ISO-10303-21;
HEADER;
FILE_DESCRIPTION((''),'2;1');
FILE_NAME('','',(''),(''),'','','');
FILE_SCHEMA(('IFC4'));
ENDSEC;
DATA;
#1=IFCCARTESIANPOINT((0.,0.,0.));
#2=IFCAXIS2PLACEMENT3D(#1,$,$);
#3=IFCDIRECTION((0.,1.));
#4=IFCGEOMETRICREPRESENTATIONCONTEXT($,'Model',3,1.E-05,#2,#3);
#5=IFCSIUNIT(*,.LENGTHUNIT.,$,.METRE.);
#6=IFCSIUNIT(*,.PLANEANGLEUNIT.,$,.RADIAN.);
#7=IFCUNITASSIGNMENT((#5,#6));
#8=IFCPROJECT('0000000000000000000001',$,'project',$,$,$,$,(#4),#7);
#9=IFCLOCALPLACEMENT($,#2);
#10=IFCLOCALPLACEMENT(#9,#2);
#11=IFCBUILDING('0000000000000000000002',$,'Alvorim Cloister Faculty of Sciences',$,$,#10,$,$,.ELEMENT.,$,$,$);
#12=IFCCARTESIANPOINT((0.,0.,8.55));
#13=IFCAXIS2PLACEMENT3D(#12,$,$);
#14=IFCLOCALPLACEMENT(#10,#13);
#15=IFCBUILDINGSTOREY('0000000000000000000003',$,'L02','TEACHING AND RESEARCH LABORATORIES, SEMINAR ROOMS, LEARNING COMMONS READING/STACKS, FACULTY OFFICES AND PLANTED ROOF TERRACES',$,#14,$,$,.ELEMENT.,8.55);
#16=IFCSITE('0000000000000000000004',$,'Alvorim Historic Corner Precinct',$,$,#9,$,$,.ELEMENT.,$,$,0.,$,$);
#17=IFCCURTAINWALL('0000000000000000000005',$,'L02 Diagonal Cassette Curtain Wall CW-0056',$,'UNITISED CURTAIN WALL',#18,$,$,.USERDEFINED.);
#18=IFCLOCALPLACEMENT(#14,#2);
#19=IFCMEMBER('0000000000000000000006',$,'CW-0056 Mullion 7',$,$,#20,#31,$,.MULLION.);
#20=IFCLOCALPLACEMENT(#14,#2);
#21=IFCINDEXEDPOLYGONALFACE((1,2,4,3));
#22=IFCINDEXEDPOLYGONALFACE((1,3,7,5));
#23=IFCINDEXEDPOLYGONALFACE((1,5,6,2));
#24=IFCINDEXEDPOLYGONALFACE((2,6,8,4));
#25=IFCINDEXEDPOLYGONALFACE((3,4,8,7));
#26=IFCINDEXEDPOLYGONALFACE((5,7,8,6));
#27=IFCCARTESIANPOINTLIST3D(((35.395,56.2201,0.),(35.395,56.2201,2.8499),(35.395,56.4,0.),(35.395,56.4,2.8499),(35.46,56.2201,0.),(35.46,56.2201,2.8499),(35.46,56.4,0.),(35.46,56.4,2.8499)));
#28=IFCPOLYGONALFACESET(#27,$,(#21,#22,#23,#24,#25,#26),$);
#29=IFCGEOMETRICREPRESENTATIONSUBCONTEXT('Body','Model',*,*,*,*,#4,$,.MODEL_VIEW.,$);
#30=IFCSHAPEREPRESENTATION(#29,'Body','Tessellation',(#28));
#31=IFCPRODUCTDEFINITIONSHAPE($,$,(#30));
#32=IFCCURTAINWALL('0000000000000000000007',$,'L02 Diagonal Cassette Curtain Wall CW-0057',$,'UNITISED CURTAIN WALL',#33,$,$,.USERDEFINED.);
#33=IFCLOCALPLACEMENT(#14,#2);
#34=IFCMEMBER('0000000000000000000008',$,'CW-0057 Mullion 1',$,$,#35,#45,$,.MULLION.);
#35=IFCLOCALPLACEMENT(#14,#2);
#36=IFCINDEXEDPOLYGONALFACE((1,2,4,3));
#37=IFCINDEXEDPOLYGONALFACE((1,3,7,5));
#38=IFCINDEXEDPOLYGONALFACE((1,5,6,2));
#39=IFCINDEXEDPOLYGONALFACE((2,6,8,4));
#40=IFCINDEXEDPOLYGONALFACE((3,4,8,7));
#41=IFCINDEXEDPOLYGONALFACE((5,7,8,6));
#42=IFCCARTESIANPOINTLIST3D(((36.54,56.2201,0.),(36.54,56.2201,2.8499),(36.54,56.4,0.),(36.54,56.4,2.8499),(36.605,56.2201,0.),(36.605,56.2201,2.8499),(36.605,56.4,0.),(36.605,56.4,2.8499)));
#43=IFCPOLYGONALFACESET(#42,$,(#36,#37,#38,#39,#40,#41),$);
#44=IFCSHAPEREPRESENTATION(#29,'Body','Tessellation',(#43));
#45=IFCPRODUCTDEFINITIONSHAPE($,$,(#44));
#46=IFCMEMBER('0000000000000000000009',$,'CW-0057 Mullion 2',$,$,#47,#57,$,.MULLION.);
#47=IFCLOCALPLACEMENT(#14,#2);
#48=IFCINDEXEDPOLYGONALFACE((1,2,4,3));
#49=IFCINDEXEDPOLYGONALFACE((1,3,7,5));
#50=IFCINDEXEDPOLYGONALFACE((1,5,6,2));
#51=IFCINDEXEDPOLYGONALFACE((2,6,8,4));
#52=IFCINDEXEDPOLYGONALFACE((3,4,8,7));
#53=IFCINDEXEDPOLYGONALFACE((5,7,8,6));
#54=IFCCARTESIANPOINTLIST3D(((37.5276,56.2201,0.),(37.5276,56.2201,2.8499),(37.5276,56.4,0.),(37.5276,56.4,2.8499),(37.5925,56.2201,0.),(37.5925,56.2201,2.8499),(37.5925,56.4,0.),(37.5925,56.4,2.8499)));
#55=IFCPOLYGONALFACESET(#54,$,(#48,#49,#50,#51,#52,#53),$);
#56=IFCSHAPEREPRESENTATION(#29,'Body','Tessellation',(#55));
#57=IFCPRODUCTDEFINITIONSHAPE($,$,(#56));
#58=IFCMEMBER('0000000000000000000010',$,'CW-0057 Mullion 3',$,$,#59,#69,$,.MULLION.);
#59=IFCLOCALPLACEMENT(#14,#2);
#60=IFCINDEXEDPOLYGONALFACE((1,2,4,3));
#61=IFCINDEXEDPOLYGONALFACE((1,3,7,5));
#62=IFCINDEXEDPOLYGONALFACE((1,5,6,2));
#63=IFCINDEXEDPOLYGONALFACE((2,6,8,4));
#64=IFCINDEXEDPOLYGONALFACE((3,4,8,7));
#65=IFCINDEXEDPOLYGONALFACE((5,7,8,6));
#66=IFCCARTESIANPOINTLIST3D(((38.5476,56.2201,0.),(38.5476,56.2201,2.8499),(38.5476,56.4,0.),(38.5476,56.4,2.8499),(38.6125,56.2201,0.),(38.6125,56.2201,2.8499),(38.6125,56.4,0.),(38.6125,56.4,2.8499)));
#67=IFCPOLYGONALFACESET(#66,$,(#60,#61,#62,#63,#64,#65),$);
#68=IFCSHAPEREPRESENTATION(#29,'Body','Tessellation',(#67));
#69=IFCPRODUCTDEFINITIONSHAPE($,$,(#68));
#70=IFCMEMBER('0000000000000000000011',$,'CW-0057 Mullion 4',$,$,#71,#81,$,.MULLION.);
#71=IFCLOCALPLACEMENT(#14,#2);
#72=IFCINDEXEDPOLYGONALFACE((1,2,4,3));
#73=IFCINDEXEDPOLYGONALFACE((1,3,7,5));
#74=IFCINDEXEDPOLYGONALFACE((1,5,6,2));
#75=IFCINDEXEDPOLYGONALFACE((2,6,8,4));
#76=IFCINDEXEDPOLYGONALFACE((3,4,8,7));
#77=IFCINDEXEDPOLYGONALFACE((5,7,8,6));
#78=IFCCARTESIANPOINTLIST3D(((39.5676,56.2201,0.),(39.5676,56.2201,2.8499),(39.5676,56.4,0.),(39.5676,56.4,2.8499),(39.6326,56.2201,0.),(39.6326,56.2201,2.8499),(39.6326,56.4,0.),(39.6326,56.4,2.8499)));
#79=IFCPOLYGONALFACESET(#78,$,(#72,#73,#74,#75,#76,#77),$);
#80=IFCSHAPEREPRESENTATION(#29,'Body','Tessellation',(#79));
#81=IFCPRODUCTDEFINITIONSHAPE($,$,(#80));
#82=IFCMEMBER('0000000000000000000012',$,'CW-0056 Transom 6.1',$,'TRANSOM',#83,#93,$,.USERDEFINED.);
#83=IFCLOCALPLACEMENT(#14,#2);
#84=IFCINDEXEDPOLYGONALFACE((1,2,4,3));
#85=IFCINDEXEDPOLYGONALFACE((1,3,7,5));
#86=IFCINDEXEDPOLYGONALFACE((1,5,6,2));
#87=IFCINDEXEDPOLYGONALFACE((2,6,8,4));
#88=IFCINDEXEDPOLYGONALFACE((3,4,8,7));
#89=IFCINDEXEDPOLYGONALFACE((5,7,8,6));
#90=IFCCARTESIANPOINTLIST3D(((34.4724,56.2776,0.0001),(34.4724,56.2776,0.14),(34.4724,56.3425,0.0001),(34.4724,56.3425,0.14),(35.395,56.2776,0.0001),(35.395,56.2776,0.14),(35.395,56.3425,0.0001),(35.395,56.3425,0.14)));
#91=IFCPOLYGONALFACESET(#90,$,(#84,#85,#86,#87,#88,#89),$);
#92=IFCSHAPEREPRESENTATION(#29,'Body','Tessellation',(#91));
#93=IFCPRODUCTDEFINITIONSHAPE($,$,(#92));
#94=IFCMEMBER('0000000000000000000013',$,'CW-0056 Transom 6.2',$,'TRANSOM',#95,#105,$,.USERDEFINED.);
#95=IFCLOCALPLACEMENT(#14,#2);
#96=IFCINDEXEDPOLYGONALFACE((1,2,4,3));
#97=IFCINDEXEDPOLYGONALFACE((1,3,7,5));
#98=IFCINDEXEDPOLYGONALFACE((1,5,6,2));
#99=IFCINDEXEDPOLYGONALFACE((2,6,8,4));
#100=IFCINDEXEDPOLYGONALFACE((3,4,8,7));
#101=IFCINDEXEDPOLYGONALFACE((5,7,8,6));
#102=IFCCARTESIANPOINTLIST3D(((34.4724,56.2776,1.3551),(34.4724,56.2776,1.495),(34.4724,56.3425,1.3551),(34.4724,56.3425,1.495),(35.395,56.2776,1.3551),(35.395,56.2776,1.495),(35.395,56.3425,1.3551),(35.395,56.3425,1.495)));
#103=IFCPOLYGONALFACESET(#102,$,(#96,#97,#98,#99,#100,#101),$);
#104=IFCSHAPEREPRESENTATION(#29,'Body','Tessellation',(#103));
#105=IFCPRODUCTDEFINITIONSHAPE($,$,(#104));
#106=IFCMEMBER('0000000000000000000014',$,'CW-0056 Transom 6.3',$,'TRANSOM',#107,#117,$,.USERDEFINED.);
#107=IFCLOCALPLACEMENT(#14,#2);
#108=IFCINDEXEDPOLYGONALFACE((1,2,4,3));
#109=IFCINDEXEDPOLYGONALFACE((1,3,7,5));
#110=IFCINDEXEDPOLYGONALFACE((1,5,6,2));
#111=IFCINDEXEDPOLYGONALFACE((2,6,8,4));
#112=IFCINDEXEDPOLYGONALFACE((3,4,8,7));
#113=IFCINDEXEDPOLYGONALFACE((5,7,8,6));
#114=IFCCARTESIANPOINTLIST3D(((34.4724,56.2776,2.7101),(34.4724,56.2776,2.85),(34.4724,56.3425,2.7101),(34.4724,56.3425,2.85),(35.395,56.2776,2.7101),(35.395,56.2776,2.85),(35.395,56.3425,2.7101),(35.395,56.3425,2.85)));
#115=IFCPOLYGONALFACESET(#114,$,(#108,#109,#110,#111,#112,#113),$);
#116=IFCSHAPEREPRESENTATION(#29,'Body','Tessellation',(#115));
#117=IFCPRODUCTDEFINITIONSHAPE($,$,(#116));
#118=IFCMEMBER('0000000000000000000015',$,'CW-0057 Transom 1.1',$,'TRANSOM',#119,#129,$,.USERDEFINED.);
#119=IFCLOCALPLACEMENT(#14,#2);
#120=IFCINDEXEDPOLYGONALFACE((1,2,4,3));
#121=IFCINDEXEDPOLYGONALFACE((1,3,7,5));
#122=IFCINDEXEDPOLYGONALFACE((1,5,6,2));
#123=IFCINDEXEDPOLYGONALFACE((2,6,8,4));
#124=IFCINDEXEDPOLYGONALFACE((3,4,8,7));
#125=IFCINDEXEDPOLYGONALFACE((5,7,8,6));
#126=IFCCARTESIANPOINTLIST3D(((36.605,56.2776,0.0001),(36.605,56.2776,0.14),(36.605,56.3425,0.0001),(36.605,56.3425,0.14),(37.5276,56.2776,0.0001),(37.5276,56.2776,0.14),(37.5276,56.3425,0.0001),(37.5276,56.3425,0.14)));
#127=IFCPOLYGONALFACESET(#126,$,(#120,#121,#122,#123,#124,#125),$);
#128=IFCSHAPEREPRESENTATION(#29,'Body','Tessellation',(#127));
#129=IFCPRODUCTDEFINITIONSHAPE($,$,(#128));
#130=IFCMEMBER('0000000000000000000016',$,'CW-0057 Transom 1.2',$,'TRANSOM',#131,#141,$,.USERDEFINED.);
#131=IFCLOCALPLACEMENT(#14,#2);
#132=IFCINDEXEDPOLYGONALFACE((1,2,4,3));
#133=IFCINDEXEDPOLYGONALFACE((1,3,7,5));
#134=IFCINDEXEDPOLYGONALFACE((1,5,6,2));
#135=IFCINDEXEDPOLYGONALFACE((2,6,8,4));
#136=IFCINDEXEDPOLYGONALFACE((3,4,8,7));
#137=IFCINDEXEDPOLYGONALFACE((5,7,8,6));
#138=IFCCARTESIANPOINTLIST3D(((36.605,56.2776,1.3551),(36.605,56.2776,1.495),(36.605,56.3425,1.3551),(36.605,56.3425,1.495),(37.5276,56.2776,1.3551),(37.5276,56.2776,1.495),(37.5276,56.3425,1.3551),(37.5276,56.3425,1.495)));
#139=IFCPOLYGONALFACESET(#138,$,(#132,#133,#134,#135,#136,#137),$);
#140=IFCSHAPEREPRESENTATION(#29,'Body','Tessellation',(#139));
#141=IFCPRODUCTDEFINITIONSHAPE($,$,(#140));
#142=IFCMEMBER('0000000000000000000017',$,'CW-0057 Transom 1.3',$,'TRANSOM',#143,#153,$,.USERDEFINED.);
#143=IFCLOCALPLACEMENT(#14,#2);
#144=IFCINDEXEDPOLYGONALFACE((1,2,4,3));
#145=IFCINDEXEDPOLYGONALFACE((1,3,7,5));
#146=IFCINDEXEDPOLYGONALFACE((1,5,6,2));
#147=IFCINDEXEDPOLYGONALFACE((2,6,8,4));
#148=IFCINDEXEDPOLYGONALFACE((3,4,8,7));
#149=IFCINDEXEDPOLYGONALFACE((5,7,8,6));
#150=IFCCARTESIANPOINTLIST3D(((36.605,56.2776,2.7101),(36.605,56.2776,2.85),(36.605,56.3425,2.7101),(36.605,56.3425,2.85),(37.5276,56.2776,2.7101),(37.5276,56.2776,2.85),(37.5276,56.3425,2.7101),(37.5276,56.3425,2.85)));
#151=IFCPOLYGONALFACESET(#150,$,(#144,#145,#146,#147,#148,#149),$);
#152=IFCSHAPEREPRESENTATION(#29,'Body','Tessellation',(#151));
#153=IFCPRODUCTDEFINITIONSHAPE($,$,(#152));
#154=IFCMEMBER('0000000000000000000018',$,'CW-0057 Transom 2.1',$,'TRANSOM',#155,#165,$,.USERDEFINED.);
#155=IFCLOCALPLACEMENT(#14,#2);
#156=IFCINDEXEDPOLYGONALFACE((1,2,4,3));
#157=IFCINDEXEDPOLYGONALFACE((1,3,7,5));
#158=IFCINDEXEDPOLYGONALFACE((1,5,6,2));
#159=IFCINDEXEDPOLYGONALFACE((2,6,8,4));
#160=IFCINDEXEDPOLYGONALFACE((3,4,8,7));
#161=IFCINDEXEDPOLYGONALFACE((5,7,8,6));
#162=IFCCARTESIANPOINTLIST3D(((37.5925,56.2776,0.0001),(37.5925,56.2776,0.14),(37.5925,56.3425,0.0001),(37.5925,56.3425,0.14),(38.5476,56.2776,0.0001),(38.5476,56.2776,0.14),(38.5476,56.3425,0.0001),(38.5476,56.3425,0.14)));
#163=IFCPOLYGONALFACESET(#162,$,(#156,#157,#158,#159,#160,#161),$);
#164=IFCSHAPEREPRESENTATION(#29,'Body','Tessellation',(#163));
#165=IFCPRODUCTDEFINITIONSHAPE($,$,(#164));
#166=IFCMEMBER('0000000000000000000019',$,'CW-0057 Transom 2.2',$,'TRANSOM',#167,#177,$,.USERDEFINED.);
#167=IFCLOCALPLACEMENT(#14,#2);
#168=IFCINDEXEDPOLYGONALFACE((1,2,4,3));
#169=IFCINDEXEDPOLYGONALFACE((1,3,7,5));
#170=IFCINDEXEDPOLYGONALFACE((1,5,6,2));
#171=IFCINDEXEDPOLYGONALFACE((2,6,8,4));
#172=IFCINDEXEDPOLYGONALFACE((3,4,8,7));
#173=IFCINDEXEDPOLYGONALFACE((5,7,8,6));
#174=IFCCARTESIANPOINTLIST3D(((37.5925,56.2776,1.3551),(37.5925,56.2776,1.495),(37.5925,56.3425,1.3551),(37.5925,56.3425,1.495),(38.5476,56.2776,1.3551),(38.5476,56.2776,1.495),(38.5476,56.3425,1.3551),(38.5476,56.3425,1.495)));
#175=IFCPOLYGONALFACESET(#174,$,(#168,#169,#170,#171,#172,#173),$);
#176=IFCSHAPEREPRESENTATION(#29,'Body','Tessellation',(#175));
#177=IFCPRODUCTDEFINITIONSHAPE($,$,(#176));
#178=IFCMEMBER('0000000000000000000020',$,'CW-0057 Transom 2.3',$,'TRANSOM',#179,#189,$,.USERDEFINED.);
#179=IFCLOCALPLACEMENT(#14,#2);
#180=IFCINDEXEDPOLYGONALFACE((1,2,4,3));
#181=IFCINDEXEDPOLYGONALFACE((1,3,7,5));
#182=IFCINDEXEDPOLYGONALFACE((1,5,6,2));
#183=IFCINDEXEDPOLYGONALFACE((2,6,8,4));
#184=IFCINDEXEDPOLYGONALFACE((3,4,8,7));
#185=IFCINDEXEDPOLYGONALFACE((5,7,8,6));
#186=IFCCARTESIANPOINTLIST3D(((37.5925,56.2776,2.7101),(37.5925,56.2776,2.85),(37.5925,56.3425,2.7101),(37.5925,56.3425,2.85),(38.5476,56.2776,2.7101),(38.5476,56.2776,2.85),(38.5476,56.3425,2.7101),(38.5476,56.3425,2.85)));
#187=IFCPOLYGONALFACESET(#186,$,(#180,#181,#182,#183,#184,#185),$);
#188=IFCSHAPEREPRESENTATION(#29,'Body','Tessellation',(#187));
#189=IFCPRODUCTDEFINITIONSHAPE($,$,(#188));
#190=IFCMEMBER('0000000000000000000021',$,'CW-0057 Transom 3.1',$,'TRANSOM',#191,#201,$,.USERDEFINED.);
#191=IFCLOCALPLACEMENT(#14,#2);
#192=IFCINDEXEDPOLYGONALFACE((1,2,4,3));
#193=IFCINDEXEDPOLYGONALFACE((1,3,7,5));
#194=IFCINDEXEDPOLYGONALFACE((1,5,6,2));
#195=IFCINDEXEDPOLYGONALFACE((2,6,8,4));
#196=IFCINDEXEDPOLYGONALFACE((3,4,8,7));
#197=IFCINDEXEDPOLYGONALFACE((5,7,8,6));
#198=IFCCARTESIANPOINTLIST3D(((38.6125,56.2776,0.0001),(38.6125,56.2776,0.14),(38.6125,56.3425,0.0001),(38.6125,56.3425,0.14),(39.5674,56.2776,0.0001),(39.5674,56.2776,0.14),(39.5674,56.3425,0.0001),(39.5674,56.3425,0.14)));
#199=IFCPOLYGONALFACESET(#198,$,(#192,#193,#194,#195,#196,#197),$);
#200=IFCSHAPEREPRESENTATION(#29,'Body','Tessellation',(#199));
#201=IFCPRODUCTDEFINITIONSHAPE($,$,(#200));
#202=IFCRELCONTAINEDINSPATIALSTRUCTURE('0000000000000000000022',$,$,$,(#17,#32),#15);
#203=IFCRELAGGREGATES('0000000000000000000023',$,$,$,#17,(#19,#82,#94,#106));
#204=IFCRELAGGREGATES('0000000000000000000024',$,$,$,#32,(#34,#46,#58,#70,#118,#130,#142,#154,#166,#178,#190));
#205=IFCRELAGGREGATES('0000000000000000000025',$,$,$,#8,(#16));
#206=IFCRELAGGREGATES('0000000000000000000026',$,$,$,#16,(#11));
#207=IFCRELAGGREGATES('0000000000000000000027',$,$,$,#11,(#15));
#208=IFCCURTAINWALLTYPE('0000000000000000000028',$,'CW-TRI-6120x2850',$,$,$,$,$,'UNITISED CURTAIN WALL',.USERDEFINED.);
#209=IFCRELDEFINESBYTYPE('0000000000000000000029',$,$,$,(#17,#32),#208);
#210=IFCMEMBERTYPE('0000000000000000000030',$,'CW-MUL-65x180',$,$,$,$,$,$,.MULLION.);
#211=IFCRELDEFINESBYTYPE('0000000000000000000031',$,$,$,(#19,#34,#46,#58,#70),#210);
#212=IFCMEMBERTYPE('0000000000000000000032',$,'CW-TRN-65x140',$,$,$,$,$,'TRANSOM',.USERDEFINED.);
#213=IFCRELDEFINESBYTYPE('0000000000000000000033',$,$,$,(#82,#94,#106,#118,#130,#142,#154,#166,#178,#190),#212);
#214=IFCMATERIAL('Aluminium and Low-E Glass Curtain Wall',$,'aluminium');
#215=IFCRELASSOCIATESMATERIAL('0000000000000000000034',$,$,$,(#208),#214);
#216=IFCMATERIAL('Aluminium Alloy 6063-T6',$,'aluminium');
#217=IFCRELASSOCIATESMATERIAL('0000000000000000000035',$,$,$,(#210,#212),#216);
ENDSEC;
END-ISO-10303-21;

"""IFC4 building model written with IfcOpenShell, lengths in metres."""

from ifc_helpers import new_model, si_unit, direction, frame, origin, origin_2d, place, context, subcontext, project, spatial, rectangle, extrude, material, material_profile, profile_set, type_object, element, aggregate, save


model = new_model("IFC4")

# Units and contexts
model_context = context("Model", 3, precision=1e-05, world=origin(), true_north=direction((0.0, 1.0)))
body_context = subcontext(model_context, "Body", "Model", "MODEL_VIEW")
ifc_project = project(units=[si_unit("LENGTHUNIT", "METRE"), si_unit("PLANEANGLEUNIT", "RADIAN")], contexts=[model_context])

# Site, building, storey
site_placement = place(None, origin())
site = spatial("IfcSite", under=ifc_project, at=site_placement, Name="Alvorim Historic Corner Precinct", CompositionType="ELEMENT", RefElevation=0.0)
building_placement = place(site_placement, origin())
building = spatial("IfcBuilding", under=site, at=building_placement, Name="Alvorim Cloister Faculty of Sciences", CompositionType="ELEMENT")
storey_placement = place(building_placement, frame((0.0, 0.0, 8.55)))
storey = spatial("IfcBuildingStorey", under=building, at=storey_placement, Name="L02", Description="TEACHING AND RESEARCH LABORATORIES, SEMINAR ROOMS, LEARNING COMMONS READING/STACKS, FACULTY OFFICES AND PLANTED ROOF TERRACES", CompositionType="ELEMENT", Elevation=8.55)

# Curtain wall, member
ifc_material_1 = material(Name="Aluminium and Low-E Glass Curtain Wall", Category="aluminium")
curtain_wall_type = type_object("IfcCurtainWallType", Name="CW-TRI-6120x2850", ElementType="UNITISED CURTAIN WALL", PredefinedType="USERDEFINED", material=ifc_material_1)
curtain_wall_1_placement = place(storey_placement, origin())
curtain_wall_1 = element("IfcCurtainWall", 1, at=curtain_wall_1_placement, inside=storey, type_object=curtain_wall_type, Name="L02 Diagonal Cassette Curtain Wall CW-0056", ObjectType="UNITISED CURTAIN WALL", PredefinedType="USERDEFINED")
ifc_material_2 = material(Name="Aluminium Alloy 6063-T6", Category="aluminium")
ifc_material_profile_1 = material_profile(ifc_material_2, rectangle(XDim=0.0649, YDim=0.1799, at=origin_2d()), Name="ALU-MUL-65x180")
ifc_profile_set_1 = profile_set([ifc_material_profile_1], Name="Aluminium Alloy 6063-T6")
member_type_1 = type_object("IfcMemberType", Name="CW-MUL-65x180", PredefinedType="MULLION", material=ifc_profile_set_1)
member_1_placement = place(storey_placement, frame((35.4275, 56.3101, 0.0), z_axis=(0.0, 0.0, 1.0), x_axis=(1.0, 0.0, 0.0)))
member_1 = element("IfcMember", 2, at=member_1_placement, type_object=member_type_1, Name="CW-0056 Mullion 7", PredefinedType="MULLION", context=body_context, shape_type="SweptSolid", body=[
    extrude(rectangle(XDim=0.0649, YDim=0.1799, at=origin_2d()), origin(), (0.0, 0.0, 1.0), 2.8499),
])

# Curtain wall, members
curtain_wall_2_placement = place(storey_placement, origin())
curtain_wall_2 = element("IfcCurtainWall", 3, at=curtain_wall_2_placement, inside=storey, type_object=curtain_wall_type, Name="L02 Diagonal Cassette Curtain Wall CW-0057", ObjectType="UNITISED CURTAIN WALL", PredefinedType="USERDEFINED")
member_2_placement = place(storey_placement, frame((36.5725, 56.3101, 0.0), z_axis=(0.0, 0.0, 1.0), x_axis=(1.0, 0.0, 0.0)))
member_2 = element("IfcMember", 4, at=member_2_placement, type_object=member_type_1, Name="CW-0057 Mullion 1", PredefinedType="MULLION", context=body_context, shape_type="SweptSolid", body=[
    extrude(rectangle(XDim=0.0649, YDim=0.1799, at=origin_2d()), origin(), (0.0, 0.0, 1.0), 2.8499),
])
member_3_placement = place(storey_placement, frame((37.5601, 56.3101, 0.0), z_axis=(0.0, 0.0, 1.0), x_axis=(1.0, 0.0, 0.0)))
member_3 = element("IfcMember", 5, at=member_3_placement, type_object=member_type_1, Name="CW-0057 Mullion 2", PredefinedType="MULLION", context=body_context, shape_type="SweptSolid", body=[
    extrude(rectangle(XDim=0.0649, YDim=0.1799, at=origin_2d()), origin(), (0.0, 0.0, 1.0), 2.8499),
])
member_4_placement = place(storey_placement, frame((38.5801, 56.3101, 0.0), z_axis=(0.0, 0.0, 1.0), x_axis=(1.0, 0.0, 0.0)))
member_4 = element("IfcMember", 6, at=member_4_placement, type_object=member_type_1, Name="CW-0057 Mullion 3", PredefinedType="MULLION", context=body_context, shape_type="SweptSolid", body=[
    extrude(rectangle(XDim=0.0649, YDim=0.1799, at=origin_2d()), origin(), (0.0, 0.0, 1.0), 2.8499),
])
member_5_placement = place(storey_placement, frame((39.6001, 56.3101, 0.0), z_axis=(0.0, 0.0, 1.0), x_axis=(1.0, 0.0, 0.0)))
member_5 = element("IfcMember", 7, at=member_5_placement, type_object=member_type_1, Name="CW-0057 Mullion 4", PredefinedType="MULLION", context=body_context, shape_type="SweptSolid", body=[
    extrude(rectangle(XDim=0.0649, YDim=0.1799, at=origin_2d()), origin(), (0.0, 0.0, 1.0), 2.8499),
])

# Members
ifc_material_profile_2 = material_profile(ifc_material_2, rectangle(XDim=0.0649, YDim=0.1399, at=origin_2d()), Name="ALU-TRN-65x140")
ifc_profile_set_2 = profile_set([ifc_material_profile_2], Name="Aluminium Alloy 6063-T6")
member_type_2 = type_object("IfcMemberType", Name="CW-TRN-65x140", ElementType="TRANSOM", PredefinedType="USERDEFINED", material=ifc_profile_set_2)
member_6_placement = place(storey_placement, frame((34.4724, 56.3101, 0.0701), z_axis=(1.0, 0.0, 0.0), x_axis=(0.0, 1.0, 0.0)))
member_6 = element("IfcMember", 8, at=member_6_placement, type_object=member_type_2, Name="CW-0056 Transom 6.1", ObjectType="TRANSOM", PredefinedType="USERDEFINED", context=body_context, shape_type="SweptSolid", body=[
    extrude(rectangle(XDim=0.0649, YDim=0.1399, at=origin_2d()), origin(), (0.0, 0.0, 1.0), 0.9226),
])
member_7_placement = place(storey_placement, frame((34.4724, 56.3101, 1.425), z_axis=(1.0, 0.0, 0.0), x_axis=(0.0, 1.0, 0.0)))
member_7 = element("IfcMember", 9, at=member_7_placement, type_object=member_type_2, Name="CW-0056 Transom 6.2", ObjectType="TRANSOM", PredefinedType="USERDEFINED", context=body_context, shape_type="SweptSolid", body=[
    extrude(rectangle(XDim=0.0649, YDim=0.1399, at=origin_2d()), origin(), (0.0, 0.0, 1.0), 0.9226),
])
member_8_placement = place(storey_placement, frame((34.4724, 56.3101, 2.78), z_axis=(1.0, 0.0, 0.0), x_axis=(0.0, 1.0, 0.0)))
member_8 = element("IfcMember", 10, at=member_8_placement, type_object=member_type_2, Name="CW-0056 Transom 6.3", ObjectType="TRANSOM", PredefinedType="USERDEFINED", context=body_context, shape_type="SweptSolid", body=[
    extrude(rectangle(XDim=0.0649, YDim=0.1399, at=origin_2d()), origin(), (0.0, 0.0, 1.0), 0.9226),
])
aggregate(curtain_wall_1, [member_1, member_6, member_7, member_8])
member_9_placement = place(storey_placement, frame((36.605, 56.3101, 0.0701), z_axis=(1.0, 0.0, 0.0), x_axis=(0.0, 1.0, 0.0)))
member_9 = element("IfcMember", 11, at=member_9_placement, type_object=member_type_2, Name="CW-0057 Transom 1.1", ObjectType="TRANSOM", PredefinedType="USERDEFINED", context=body_context, shape_type="SweptSolid", body=[
    extrude(rectangle(XDim=0.0649, YDim=0.1399, at=origin_2d()), origin(), (0.0, 0.0, 1.0), 0.9226),
])
member_10_placement = place(storey_placement, frame((36.605, 56.3101, 1.425), z_axis=(1.0, 0.0, 0.0), x_axis=(0.0, 1.0, 0.0)))
member_10 = element("IfcMember", 12, at=member_10_placement, type_object=member_type_2, Name="CW-0057 Transom 1.2", ObjectType="TRANSOM", PredefinedType="USERDEFINED", context=body_context, shape_type="SweptSolid", body=[
    extrude(rectangle(XDim=0.0649, YDim=0.1399, at=origin_2d()), origin(), (0.0, 0.0, 1.0), 0.9226),
])
member_11_placement = place(storey_placement, frame((36.605, 56.3101, 2.78), z_axis=(1.0, 0.0, 0.0), x_axis=(0.0, 1.0, 0.0)))
member_11 = element("IfcMember", 13, at=member_11_placement, type_object=member_type_2, Name="CW-0057 Transom 1.3", ObjectType="TRANSOM", PredefinedType="USERDEFINED", context=body_context, shape_type="SweptSolid", body=[
    extrude(rectangle(XDim=0.0649, YDim=0.1399, at=origin_2d()), origin(), (0.0, 0.0, 1.0), 0.9226),
])
member_12_placement = place(storey_placement, frame((37.5925, 56.3101, 0.0701), z_axis=(1.0, 0.0, 0.0), x_axis=(0.0, 1.0, 0.0)))
member_12 = element("IfcMember", 14, at=member_12_placement, type_object=member_type_2, Name="CW-0057 Transom 2.1", ObjectType="TRANSOM", PredefinedType="USERDEFINED", context=body_context, shape_type="SweptSolid", body=[
    extrude(rectangle(XDim=0.0649, YDim=0.1399, at=origin_2d()), origin(), (0.0, 0.0, 1.0), 0.9551),
])
member_13_placement = place(storey_placement, frame((37.5925, 56.3101, 1.425), z_axis=(1.0, 0.0, 0.0), x_axis=(0.0, 1.0, 0.0)))
member_13 = element("IfcMember", 15, at=member_13_placement, type_object=member_type_2, Name="CW-0057 Transom 2.2", ObjectType="TRANSOM", PredefinedType="USERDEFINED", context=body_context, shape_type="SweptSolid", body=[
    extrude(rectangle(XDim=0.0649, YDim=0.1399, at=origin_2d()), origin(), (0.0, 0.0, 1.0), 0.9551),
])
member_14_placement = place(storey_placement, frame((37.5925, 56.3101, 2.78), z_axis=(1.0, 0.0, 0.0), x_axis=(0.0, 1.0, 0.0)))
member_14 = element("IfcMember", 16, at=member_14_placement, type_object=member_type_2, Name="CW-0057 Transom 2.3", ObjectType="TRANSOM", PredefinedType="USERDEFINED", context=body_context, shape_type="SweptSolid", body=[
    extrude(rectangle(XDim=0.0649, YDim=0.1399, at=origin_2d()), origin(), (0.0, 0.0, 1.0), 0.9551),
])
member_15_placement = place(storey_placement, frame((38.6125, 56.3101, 0.0701), z_axis=(1.0, 0.0, 0.0), x_axis=(0.0, 1.0, 0.0)))
member_15 = element("IfcMember", 17, at=member_15_placement, type_object=member_type_2, Name="CW-0057 Transom 3.1", ObjectType="TRANSOM", PredefinedType="USERDEFINED", context=body_context, shape_type="SweptSolid", body=[
    extrude(rectangle(XDim=0.0649, YDim=0.1399, at=origin_2d()), origin(), (0.0, 0.0, 1.0), 0.9548),
])
aggregate(curtain_wall_2, [member_2, member_3, member_4, member_5, member_9, member_10, member_11, member_12, member_13, member_14, member_15])

save(model, "model.ifc")
